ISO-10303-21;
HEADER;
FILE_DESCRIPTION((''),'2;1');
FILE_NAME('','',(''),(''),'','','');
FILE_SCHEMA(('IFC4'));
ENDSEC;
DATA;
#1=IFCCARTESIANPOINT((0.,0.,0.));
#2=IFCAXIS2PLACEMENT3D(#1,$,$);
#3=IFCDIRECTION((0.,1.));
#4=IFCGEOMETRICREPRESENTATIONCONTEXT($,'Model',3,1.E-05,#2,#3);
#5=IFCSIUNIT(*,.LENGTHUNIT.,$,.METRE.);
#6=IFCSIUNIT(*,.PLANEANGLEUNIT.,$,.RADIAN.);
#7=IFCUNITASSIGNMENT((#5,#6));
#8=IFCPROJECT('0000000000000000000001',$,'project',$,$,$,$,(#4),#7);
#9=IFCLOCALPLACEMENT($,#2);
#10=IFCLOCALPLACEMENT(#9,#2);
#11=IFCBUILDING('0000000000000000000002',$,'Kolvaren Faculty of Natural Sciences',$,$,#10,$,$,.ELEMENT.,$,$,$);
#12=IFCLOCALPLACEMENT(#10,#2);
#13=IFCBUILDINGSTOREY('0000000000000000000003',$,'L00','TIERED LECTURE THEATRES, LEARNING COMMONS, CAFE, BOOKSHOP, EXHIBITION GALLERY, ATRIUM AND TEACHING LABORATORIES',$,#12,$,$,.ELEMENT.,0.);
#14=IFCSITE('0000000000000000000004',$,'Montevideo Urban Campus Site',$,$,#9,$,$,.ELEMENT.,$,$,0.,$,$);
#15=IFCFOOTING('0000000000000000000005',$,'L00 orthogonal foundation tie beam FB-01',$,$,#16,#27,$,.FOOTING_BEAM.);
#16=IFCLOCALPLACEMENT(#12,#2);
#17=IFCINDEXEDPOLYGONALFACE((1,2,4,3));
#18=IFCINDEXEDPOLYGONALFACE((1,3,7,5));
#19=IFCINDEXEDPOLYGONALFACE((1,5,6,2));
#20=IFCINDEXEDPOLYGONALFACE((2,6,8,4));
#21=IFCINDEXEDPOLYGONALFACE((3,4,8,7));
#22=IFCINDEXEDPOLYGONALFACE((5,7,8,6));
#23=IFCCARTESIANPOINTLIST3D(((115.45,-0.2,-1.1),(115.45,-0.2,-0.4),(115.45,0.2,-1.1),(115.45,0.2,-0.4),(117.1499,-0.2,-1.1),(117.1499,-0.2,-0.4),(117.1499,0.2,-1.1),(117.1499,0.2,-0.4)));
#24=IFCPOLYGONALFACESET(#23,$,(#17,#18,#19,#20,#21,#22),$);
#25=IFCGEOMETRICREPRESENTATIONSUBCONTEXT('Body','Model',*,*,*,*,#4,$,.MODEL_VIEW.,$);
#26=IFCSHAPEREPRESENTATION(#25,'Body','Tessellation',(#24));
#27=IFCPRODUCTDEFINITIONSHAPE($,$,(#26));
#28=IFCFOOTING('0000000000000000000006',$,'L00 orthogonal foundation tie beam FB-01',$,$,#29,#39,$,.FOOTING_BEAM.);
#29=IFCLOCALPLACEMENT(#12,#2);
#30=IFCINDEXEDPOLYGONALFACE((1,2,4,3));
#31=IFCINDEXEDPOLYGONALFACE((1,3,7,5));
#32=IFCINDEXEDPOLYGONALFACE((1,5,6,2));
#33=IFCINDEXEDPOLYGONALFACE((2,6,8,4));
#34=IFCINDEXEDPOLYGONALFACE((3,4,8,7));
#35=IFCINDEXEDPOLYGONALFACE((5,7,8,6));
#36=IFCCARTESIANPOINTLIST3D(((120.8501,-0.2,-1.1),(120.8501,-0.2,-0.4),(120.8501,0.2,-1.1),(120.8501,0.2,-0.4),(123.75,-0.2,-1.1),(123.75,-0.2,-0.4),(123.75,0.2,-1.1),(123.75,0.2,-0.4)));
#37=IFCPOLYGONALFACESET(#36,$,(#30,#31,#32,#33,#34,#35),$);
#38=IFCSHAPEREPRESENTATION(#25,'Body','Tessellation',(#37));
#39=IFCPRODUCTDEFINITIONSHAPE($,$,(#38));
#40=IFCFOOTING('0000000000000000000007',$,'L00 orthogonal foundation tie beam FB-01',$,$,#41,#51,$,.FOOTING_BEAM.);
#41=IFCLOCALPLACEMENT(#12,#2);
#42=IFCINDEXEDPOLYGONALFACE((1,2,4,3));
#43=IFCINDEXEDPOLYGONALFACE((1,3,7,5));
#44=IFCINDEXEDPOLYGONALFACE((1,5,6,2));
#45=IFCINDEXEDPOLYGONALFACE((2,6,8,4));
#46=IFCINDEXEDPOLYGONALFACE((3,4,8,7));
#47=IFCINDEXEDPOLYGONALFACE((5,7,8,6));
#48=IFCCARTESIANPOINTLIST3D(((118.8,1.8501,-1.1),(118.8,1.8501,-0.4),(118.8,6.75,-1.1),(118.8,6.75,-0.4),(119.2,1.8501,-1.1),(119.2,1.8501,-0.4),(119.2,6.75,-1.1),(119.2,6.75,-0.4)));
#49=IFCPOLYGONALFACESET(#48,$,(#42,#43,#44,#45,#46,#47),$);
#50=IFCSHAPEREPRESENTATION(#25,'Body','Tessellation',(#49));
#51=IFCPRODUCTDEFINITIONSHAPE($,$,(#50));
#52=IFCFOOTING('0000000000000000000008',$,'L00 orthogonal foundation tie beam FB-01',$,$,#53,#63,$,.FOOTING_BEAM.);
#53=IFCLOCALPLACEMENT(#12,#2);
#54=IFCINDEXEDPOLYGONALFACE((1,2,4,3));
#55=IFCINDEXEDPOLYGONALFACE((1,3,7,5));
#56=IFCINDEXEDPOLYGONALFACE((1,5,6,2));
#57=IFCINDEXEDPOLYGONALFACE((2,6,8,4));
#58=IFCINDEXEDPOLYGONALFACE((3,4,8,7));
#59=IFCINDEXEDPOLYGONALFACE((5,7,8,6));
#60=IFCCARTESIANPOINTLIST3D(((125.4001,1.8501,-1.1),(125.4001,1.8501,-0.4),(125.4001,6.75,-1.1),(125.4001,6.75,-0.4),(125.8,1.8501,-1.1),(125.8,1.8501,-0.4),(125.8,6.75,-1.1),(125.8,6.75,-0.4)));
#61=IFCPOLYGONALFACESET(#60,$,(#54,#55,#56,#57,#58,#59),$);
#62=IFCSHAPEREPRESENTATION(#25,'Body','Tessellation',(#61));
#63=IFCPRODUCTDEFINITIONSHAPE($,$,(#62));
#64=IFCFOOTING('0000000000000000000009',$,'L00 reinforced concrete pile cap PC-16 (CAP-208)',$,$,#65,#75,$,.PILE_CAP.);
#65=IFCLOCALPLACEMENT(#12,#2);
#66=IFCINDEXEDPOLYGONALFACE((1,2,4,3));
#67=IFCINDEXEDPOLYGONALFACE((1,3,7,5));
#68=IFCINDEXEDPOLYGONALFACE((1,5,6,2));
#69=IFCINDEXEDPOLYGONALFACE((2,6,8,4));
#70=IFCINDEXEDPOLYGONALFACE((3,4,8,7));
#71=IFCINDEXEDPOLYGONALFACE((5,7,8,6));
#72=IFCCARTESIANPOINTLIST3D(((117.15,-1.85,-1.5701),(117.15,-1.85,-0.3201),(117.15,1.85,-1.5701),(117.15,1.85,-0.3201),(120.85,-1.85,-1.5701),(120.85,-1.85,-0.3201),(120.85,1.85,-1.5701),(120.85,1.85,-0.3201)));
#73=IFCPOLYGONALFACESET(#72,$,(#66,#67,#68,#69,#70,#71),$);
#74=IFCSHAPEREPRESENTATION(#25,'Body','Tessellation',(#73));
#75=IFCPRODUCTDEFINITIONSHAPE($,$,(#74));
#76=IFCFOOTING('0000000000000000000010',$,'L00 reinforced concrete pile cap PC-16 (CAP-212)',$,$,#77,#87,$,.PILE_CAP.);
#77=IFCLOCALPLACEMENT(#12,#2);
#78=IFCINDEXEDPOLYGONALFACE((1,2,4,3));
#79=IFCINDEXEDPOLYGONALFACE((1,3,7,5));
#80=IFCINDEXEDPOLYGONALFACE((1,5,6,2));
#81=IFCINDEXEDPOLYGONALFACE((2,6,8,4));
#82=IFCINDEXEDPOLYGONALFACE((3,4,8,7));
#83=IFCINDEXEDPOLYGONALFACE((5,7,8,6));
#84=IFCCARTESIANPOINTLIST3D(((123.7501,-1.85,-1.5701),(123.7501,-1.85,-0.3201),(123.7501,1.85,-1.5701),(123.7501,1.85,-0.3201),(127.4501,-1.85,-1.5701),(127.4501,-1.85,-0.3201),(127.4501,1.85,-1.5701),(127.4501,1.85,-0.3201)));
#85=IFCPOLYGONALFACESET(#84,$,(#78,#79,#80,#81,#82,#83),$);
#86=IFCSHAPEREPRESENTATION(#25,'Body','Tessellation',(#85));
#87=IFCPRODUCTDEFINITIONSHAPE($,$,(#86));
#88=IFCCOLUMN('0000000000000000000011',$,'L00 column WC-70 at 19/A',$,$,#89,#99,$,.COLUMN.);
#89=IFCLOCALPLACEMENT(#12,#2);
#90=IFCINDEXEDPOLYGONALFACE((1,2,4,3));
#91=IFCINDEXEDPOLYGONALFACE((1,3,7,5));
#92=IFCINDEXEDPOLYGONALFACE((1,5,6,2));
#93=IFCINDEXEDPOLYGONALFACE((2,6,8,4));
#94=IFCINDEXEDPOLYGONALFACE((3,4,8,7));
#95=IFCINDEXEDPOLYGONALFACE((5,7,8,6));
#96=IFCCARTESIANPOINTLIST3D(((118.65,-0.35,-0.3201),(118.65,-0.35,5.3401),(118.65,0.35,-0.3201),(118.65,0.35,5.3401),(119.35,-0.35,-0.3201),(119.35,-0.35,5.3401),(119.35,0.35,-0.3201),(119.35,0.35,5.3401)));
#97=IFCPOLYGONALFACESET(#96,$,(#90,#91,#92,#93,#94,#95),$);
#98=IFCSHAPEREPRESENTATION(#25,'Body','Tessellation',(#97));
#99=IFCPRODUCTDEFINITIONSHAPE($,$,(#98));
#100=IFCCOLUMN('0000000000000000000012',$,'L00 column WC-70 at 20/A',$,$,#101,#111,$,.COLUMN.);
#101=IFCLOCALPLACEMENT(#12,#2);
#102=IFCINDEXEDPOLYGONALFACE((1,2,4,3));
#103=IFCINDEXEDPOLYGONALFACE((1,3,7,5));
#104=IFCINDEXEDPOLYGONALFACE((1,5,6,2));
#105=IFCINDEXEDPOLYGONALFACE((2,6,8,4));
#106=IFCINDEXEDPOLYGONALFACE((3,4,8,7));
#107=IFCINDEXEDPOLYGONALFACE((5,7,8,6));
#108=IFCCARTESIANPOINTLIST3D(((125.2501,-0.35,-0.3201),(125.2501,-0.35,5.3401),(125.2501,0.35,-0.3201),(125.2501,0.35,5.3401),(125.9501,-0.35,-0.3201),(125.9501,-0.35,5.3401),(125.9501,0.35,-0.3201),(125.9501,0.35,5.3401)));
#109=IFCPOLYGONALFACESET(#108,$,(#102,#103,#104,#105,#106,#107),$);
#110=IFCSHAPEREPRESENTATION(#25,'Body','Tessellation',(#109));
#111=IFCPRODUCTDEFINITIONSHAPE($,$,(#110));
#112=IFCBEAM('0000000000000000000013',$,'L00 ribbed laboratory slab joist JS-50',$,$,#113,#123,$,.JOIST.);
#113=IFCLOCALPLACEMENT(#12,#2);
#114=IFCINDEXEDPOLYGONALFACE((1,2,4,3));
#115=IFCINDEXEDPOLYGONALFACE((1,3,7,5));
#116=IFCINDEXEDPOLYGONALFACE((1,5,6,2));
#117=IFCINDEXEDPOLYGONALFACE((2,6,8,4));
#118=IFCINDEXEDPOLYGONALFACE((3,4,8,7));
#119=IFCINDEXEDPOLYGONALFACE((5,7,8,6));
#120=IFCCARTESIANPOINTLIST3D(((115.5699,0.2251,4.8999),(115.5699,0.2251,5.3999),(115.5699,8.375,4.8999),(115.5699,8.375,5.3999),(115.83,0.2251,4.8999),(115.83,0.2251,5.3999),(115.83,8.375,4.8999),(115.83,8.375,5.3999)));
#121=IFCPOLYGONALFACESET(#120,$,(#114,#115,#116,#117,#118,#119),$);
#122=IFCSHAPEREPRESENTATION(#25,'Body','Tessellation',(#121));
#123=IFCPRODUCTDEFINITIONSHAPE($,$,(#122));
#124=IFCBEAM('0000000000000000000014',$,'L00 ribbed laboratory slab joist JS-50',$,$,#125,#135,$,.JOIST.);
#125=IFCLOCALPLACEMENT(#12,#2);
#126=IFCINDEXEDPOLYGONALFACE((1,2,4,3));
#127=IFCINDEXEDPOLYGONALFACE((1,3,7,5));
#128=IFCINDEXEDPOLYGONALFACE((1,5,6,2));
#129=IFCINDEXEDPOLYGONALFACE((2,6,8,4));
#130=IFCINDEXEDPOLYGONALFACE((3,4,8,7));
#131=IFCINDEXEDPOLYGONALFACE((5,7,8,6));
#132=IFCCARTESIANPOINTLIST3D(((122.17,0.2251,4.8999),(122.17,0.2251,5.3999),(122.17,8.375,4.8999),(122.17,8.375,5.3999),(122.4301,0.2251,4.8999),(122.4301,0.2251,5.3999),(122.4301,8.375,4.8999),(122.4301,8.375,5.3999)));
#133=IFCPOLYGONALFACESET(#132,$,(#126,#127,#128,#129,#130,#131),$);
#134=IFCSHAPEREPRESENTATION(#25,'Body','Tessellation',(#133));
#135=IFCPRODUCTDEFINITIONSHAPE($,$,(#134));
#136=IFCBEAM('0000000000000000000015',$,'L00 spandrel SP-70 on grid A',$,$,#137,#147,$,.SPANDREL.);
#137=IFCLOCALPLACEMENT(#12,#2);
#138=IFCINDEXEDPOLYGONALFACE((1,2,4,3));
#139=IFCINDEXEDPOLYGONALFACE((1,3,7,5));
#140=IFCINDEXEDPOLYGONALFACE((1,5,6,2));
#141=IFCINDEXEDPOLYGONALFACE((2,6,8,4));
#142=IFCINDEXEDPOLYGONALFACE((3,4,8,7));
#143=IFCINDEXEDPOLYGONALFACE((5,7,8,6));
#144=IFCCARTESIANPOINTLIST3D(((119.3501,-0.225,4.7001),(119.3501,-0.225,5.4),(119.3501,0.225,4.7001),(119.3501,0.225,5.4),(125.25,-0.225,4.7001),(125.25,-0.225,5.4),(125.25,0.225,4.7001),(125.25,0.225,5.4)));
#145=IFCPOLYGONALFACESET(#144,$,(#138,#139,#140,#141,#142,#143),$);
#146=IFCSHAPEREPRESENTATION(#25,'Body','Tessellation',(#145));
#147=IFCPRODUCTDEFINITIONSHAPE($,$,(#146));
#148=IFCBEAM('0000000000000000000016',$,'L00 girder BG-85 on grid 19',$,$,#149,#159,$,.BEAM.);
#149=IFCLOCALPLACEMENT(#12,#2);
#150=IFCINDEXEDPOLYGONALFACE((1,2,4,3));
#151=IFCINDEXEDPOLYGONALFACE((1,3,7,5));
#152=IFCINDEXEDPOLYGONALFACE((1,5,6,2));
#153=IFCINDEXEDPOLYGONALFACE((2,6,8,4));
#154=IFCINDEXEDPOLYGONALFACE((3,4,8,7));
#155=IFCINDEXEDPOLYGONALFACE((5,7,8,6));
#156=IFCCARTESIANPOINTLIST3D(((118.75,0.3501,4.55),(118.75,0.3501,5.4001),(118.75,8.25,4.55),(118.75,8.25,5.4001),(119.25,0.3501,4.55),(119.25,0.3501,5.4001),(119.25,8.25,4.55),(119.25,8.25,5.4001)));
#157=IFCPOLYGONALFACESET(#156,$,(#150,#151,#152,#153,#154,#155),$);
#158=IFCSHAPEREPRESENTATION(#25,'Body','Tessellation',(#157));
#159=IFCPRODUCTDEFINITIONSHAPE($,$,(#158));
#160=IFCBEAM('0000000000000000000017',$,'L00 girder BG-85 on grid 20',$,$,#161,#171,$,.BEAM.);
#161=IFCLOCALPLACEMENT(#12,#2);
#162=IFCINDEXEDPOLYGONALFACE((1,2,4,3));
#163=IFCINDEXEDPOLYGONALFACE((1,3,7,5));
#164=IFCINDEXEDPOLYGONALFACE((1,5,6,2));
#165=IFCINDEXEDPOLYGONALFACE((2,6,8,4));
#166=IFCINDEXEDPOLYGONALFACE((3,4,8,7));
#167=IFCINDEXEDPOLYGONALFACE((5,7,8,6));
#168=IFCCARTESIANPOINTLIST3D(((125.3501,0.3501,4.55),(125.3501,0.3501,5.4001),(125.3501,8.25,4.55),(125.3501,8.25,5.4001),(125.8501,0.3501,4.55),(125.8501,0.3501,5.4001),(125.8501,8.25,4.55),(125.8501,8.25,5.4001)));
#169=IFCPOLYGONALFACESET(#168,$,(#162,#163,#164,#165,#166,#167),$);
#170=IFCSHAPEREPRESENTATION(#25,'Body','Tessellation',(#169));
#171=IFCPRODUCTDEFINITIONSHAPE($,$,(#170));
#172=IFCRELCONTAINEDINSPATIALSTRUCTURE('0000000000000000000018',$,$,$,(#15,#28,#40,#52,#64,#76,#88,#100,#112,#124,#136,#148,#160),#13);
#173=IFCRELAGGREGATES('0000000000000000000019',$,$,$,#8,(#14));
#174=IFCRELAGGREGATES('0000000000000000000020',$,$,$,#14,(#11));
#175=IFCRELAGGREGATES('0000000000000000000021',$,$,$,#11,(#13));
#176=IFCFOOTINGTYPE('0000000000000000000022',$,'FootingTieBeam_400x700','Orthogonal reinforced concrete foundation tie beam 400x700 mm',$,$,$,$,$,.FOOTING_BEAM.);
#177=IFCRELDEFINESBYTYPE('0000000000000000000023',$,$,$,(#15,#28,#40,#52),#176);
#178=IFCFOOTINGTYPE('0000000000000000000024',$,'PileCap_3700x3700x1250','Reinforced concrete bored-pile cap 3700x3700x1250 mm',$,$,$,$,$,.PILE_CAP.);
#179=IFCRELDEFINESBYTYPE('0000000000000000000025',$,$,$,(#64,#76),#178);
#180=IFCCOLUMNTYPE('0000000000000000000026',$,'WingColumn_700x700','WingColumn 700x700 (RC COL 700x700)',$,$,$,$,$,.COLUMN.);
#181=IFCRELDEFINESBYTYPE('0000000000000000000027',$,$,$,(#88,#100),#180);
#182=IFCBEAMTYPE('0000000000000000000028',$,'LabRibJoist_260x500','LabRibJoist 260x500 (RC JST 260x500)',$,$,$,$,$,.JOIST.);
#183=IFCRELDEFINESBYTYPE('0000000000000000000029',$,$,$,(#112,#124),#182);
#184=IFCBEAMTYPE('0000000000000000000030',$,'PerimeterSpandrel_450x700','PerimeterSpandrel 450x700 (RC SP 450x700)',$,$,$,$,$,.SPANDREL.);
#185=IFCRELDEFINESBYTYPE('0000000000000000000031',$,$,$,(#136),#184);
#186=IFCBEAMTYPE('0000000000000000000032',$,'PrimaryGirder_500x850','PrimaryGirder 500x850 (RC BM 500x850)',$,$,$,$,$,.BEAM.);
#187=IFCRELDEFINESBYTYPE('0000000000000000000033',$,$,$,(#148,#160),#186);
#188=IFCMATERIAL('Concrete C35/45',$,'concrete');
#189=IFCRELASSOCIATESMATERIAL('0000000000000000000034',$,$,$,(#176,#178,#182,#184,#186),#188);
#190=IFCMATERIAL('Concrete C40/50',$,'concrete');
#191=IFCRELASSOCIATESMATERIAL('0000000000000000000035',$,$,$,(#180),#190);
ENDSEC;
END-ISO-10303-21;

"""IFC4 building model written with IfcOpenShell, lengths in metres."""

from ifc_helpers import new_model, si_unit, direction, frame, origin, origin_2d, place, context, subcontext, project, spatial, rectangle, extrude, material, material_profile, profile_set, type_object, element, save


model = new_model("IFC4")

# Units and contexts
model_context = context("Model", 3, precision=1e-05, world=origin(), true_north=direction((0.0, 1.0)))
body_context = subcontext(model_context, "Body", "Model", "MODEL_VIEW")
ifc_project = project(units=[si_unit("LENGTHUNIT", "METRE"), si_unit("PLANEANGLEUNIT", "RADIAN")], contexts=[model_context])

# Site, building, storey
site_placement = place(None, origin())
site = spatial("IfcSite", under=ifc_project, at=site_placement, Name="Montevideo Urban Campus Site", CompositionType="ELEMENT", RefElevation=0.0)
building_placement = place(site_placement, origin())
building = spatial("IfcBuilding", under=site, at=building_placement, Name="Kolvaren Faculty of Natural Sciences", CompositionType="ELEMENT")
storey_placement = place(building_placement, origin())
storey = spatial("IfcBuildingStorey", under=building, at=storey_placement, Name="L00", Description="TIERED LECTURE THEATRES, LEARNING COMMONS, CAFE, BOOKSHOP, EXHIBITION GALLERY, ATRIUM AND TEACHING LABORATORIES", CompositionType="ELEMENT", Elevation=0.0)

# Shared definitions
ifc_material_1 = material(Name="Concrete C35/45", Category="concrete")

# Footings
ifc_material_profile_1 = material_profile(ifc_material_1, rectangle(XDim=0.3999, YDim=0.7, at=origin_2d()), Name="RC FB 400x700")
ifc_profile_set_1 = profile_set([ifc_material_profile_1], Name="Concrete C35/45")
footing_type_1 = type_object("IfcFootingType", Name="FootingTieBeam_400x700", Description="Orthogonal reinforced concrete foundation tie beam 400x700 mm", PredefinedType="FOOTING_BEAM", material=ifc_profile_set_1)
footing_1_placement = place(storey_placement, frame((115.45, 0.0, -0.75), z_axis=(1.0, 0.0, 0.0), x_axis=(0.0, 1.0, 0.0)))
element("IfcFooting", 1, at=footing_1_placement, inside=storey, type_object=footing_type_1, Name="L00 orthogonal foundation tie beam FB-01", PredefinedType="FOOTING_BEAM", context=body_context, shape_type="SweptSolid", body=[
    extrude(rectangle(XDim=0.3999, YDim=0.7, at=origin_2d()), origin(), (0.0, 0.0, 1.0), 1.7),
])
footing_2_placement = place(storey_placement, frame((120.8501, 0.0, -0.75), z_axis=(1.0, 0.0, 0.0), x_axis=(0.0, 1.0, 0.0)))
element("IfcFooting", 2, at=footing_2_placement, inside=storey, type_object=footing_type_1, Name="L00 orthogonal foundation tie beam FB-01", PredefinedType="FOOTING_BEAM", context=body_context, shape_type="SweptSolid", body=[
    extrude(rectangle(XDim=0.3999, YDim=0.7, at=origin_2d()), origin(), (0.0, 0.0, 1.0), 2.8999),
])
for number, where, z_axis, x_axis, name in (
    (3, (119.0, 1.8501, -0.75), (0.0, 1.0, 0.0), (-1.0, 0.0, 0.0), "L00 orthogonal foundation tie beam FB-01"),
    (4, (125.6001, 1.8501, -0.75), (0.0, 1.0, 0.0), (-1.0, 0.0, 0.0), "L00 orthogonal foundation tie beam FB-01"),
):
    element("IfcFooting", number, at=place(storey_placement, frame(where, z_axis=z_axis, x_axis=x_axis)), inside=storey, type_object=footing_type_1, Name=name, PredefinedType="FOOTING_BEAM", context=body_context, shape_type="SweptSolid", body=[
        extrude(rectangle(XDim=0.3999, YDim=0.7, at=origin_2d()), origin(), (0.0, 0.0, 1.0), 4.8999),
    ])
footing_type_2 = type_object("IfcFootingType", Name="PileCap_3700x3700x1250", Description="Reinforced concrete bored-pile cap 3700x3700x1250 mm", PredefinedType="PILE_CAP", material=ifc_material_1)
for number, where, z_axis, x_axis, name in (
    (5, (119.0, 0.0, -1.5701), (0.0, 0.0, 1.0), (1.0, 0.0, 0.0), "L00 reinforced concrete pile cap PC-16 (CAP-208)"),
    (6, (125.6001, 0.0, -1.5701), (0.0, 0.0, 1.0), (1.0, 0.0, 0.0), "L00 reinforced concrete pile cap PC-16 (CAP-212)"),
):
    element("IfcFooting", number, at=place(storey_placement, frame(where, z_axis=z_axis, x_axis=x_axis)), inside=storey, type_object=footing_type_2, Name=name, PredefinedType="PILE_CAP", context=body_context, shape_type="SweptSolid", body=[
        extrude(rectangle(XDim=3.7, YDim=3.7, at=origin_2d()), origin(), (0.0, 0.0, 1.0), 1.25),
    ])

# Columns
ifc_material_2 = material(Name="Concrete C40/50", Category="concrete")
ifc_material_profile_2 = material_profile(ifc_material_2, rectangle(XDim=0.7, YDim=0.7, at=origin_2d()), Name="RC COL 700x700")
ifc_profile_set_2 = profile_set([ifc_material_profile_2], Name="Concrete C40/50")
column_type = type_object("IfcColumnType", Name="WingColumn_700x700", Description="WingColumn 700x700 (RC COL 700x700)", PredefinedType="COLUMN", material=ifc_profile_set_2)
for number, where, z_axis, x_axis, name in (
    (7, (119.0, 0.0, -0.3201), (0.0, 0.0, 1.0), (1.0, 0.0, 0.0), "L00 column WC-70 at 19/A"),
    (8, (125.6001, 0.0, -0.3201), (0.0, 0.0, 1.0), (1.0, 0.0, 0.0), "L00 column WC-70 at 20/A"),
):
    element("IfcColumn", number, at=place(storey_placement, frame(where, z_axis=z_axis, x_axis=x_axis)), inside=storey, type_object=column_type, Name=name, PredefinedType="COLUMN", context=body_context, shape_type="SweptSolid", body=[
        extrude(rectangle(XDim=0.7, YDim=0.7, at=origin_2d()), origin(), (0.0, 0.0, 1.0), 5.6602),
    ])

# Beams
ifc_material_profile_3 = material_profile(ifc_material_1, rectangle(XDim=0.26, YDim=0.5, at=origin_2d()), Name="RC JST 260x500")
ifc_profile_set_3 = profile_set([ifc_material_profile_3], Name="Concrete C35/45")
beam_type_1 = type_object("IfcBeamType", Name="LabRibJoist_260x500", Description="LabRibJoist 260x500 (RC JST 260x500)", PredefinedType="JOIST", material=ifc_profile_set_3)
for number, where, z_axis, x_axis, name in (
    (9, (115.7, 0.2251, 5.1499), (0.0, 1.0, 0.0), (-1.0, 0.0, 0.0), "L00 ribbed laboratory slab joist JS-50"),
    (10, (122.3, 0.2251, 5.1499), (0.0, 1.0, 0.0), (-1.0, 0.0, 0.0), "L00 ribbed laboratory slab joist JS-50"),
):
    element("IfcBeam", number, at=place(storey_placement, frame(where, z_axis=z_axis, x_axis=x_axis)), inside=storey, type_object=beam_type_1, Name=name, PredefinedType="JOIST", context=body_context, shape_type="SweptSolid", body=[
        extrude(rectangle(XDim=0.26, YDim=0.5, at=origin_2d()), origin(), (0.0, 0.0, 1.0), 8.1499),
    ])
ifc_material_profile_4 = material_profile(ifc_material_1, rectangle(XDim=0.45, YDim=0.7, at=origin_2d()), Name="RC SP 450x700")
ifc_profile_set_4 = profile_set([ifc_material_profile_4], Name="Concrete C35/45")
beam_type_2 = type_object("IfcBeamType", Name="PerimeterSpandrel_450x700", Description="PerimeterSpandrel 450x700 (RC SP 450x700)", PredefinedType="SPANDREL", material=ifc_profile_set_4)
beam_placement = place(storey_placement, frame((119.3501, 0.0, 5.05), z_axis=(1.0, 0.0, 0.0), x_axis=(0.0, 1.0, 0.0)))
element("IfcBeam", 11, at=beam_placement, inside=storey, type_object=beam_type_2, Name="L00 spandrel SP-70 on grid A", PredefinedType="SPANDREL", context=body_context, shape_type="SweptSolid", body=[
    extrude(rectangle(XDim=0.45, YDim=0.7, at=origin_2d()), origin(), (0.0, 0.0, 1.0), 5.8999),
])
ifc_material_profile_5 = material_profile(ifc_material_1, rectangle(XDim=0.5, YDim=0.8501, at=origin_2d()), Name="RC BM 500x850")
ifc_profile_set_5 = profile_set([ifc_material_profile_5], Name="Concrete C35/45")
beam_type_3 = type_object("IfcBeamType", Name="PrimaryGirder_500x850", Description="PrimaryGirder 500x850 (RC BM 500x850)", PredefinedType="BEAM", material=ifc_profile_set_5)
for number, where, z_axis, x_axis, name in (
    (12, (119.0, 0.3501, 4.9751), (0.0, 1.0, 0.0), (-1.0, 0.0, 0.0), "L00 girder BG-85 on grid 19"),
    (13, (125.6001, 0.3501, 4.9751), (0.0, 1.0, 0.0), (-1.0, 0.0, 0.0), "L00 girder BG-85 on grid 20"),
):
    element("IfcBeam", number, at=place(storey_placement, frame(where, z_axis=z_axis, x_axis=x_axis)), inside=storey, type_object=beam_type_3, Name=name, PredefinedType="BEAM", context=body_context, shape_type="SweptSolid", body=[
        extrude(rectangle(XDim=0.5, YDim=0.8501, at=origin_2d()), origin(), (0.0, 0.0, 1.0), 7.8999),
    ])

save(model, "model.ifc")
